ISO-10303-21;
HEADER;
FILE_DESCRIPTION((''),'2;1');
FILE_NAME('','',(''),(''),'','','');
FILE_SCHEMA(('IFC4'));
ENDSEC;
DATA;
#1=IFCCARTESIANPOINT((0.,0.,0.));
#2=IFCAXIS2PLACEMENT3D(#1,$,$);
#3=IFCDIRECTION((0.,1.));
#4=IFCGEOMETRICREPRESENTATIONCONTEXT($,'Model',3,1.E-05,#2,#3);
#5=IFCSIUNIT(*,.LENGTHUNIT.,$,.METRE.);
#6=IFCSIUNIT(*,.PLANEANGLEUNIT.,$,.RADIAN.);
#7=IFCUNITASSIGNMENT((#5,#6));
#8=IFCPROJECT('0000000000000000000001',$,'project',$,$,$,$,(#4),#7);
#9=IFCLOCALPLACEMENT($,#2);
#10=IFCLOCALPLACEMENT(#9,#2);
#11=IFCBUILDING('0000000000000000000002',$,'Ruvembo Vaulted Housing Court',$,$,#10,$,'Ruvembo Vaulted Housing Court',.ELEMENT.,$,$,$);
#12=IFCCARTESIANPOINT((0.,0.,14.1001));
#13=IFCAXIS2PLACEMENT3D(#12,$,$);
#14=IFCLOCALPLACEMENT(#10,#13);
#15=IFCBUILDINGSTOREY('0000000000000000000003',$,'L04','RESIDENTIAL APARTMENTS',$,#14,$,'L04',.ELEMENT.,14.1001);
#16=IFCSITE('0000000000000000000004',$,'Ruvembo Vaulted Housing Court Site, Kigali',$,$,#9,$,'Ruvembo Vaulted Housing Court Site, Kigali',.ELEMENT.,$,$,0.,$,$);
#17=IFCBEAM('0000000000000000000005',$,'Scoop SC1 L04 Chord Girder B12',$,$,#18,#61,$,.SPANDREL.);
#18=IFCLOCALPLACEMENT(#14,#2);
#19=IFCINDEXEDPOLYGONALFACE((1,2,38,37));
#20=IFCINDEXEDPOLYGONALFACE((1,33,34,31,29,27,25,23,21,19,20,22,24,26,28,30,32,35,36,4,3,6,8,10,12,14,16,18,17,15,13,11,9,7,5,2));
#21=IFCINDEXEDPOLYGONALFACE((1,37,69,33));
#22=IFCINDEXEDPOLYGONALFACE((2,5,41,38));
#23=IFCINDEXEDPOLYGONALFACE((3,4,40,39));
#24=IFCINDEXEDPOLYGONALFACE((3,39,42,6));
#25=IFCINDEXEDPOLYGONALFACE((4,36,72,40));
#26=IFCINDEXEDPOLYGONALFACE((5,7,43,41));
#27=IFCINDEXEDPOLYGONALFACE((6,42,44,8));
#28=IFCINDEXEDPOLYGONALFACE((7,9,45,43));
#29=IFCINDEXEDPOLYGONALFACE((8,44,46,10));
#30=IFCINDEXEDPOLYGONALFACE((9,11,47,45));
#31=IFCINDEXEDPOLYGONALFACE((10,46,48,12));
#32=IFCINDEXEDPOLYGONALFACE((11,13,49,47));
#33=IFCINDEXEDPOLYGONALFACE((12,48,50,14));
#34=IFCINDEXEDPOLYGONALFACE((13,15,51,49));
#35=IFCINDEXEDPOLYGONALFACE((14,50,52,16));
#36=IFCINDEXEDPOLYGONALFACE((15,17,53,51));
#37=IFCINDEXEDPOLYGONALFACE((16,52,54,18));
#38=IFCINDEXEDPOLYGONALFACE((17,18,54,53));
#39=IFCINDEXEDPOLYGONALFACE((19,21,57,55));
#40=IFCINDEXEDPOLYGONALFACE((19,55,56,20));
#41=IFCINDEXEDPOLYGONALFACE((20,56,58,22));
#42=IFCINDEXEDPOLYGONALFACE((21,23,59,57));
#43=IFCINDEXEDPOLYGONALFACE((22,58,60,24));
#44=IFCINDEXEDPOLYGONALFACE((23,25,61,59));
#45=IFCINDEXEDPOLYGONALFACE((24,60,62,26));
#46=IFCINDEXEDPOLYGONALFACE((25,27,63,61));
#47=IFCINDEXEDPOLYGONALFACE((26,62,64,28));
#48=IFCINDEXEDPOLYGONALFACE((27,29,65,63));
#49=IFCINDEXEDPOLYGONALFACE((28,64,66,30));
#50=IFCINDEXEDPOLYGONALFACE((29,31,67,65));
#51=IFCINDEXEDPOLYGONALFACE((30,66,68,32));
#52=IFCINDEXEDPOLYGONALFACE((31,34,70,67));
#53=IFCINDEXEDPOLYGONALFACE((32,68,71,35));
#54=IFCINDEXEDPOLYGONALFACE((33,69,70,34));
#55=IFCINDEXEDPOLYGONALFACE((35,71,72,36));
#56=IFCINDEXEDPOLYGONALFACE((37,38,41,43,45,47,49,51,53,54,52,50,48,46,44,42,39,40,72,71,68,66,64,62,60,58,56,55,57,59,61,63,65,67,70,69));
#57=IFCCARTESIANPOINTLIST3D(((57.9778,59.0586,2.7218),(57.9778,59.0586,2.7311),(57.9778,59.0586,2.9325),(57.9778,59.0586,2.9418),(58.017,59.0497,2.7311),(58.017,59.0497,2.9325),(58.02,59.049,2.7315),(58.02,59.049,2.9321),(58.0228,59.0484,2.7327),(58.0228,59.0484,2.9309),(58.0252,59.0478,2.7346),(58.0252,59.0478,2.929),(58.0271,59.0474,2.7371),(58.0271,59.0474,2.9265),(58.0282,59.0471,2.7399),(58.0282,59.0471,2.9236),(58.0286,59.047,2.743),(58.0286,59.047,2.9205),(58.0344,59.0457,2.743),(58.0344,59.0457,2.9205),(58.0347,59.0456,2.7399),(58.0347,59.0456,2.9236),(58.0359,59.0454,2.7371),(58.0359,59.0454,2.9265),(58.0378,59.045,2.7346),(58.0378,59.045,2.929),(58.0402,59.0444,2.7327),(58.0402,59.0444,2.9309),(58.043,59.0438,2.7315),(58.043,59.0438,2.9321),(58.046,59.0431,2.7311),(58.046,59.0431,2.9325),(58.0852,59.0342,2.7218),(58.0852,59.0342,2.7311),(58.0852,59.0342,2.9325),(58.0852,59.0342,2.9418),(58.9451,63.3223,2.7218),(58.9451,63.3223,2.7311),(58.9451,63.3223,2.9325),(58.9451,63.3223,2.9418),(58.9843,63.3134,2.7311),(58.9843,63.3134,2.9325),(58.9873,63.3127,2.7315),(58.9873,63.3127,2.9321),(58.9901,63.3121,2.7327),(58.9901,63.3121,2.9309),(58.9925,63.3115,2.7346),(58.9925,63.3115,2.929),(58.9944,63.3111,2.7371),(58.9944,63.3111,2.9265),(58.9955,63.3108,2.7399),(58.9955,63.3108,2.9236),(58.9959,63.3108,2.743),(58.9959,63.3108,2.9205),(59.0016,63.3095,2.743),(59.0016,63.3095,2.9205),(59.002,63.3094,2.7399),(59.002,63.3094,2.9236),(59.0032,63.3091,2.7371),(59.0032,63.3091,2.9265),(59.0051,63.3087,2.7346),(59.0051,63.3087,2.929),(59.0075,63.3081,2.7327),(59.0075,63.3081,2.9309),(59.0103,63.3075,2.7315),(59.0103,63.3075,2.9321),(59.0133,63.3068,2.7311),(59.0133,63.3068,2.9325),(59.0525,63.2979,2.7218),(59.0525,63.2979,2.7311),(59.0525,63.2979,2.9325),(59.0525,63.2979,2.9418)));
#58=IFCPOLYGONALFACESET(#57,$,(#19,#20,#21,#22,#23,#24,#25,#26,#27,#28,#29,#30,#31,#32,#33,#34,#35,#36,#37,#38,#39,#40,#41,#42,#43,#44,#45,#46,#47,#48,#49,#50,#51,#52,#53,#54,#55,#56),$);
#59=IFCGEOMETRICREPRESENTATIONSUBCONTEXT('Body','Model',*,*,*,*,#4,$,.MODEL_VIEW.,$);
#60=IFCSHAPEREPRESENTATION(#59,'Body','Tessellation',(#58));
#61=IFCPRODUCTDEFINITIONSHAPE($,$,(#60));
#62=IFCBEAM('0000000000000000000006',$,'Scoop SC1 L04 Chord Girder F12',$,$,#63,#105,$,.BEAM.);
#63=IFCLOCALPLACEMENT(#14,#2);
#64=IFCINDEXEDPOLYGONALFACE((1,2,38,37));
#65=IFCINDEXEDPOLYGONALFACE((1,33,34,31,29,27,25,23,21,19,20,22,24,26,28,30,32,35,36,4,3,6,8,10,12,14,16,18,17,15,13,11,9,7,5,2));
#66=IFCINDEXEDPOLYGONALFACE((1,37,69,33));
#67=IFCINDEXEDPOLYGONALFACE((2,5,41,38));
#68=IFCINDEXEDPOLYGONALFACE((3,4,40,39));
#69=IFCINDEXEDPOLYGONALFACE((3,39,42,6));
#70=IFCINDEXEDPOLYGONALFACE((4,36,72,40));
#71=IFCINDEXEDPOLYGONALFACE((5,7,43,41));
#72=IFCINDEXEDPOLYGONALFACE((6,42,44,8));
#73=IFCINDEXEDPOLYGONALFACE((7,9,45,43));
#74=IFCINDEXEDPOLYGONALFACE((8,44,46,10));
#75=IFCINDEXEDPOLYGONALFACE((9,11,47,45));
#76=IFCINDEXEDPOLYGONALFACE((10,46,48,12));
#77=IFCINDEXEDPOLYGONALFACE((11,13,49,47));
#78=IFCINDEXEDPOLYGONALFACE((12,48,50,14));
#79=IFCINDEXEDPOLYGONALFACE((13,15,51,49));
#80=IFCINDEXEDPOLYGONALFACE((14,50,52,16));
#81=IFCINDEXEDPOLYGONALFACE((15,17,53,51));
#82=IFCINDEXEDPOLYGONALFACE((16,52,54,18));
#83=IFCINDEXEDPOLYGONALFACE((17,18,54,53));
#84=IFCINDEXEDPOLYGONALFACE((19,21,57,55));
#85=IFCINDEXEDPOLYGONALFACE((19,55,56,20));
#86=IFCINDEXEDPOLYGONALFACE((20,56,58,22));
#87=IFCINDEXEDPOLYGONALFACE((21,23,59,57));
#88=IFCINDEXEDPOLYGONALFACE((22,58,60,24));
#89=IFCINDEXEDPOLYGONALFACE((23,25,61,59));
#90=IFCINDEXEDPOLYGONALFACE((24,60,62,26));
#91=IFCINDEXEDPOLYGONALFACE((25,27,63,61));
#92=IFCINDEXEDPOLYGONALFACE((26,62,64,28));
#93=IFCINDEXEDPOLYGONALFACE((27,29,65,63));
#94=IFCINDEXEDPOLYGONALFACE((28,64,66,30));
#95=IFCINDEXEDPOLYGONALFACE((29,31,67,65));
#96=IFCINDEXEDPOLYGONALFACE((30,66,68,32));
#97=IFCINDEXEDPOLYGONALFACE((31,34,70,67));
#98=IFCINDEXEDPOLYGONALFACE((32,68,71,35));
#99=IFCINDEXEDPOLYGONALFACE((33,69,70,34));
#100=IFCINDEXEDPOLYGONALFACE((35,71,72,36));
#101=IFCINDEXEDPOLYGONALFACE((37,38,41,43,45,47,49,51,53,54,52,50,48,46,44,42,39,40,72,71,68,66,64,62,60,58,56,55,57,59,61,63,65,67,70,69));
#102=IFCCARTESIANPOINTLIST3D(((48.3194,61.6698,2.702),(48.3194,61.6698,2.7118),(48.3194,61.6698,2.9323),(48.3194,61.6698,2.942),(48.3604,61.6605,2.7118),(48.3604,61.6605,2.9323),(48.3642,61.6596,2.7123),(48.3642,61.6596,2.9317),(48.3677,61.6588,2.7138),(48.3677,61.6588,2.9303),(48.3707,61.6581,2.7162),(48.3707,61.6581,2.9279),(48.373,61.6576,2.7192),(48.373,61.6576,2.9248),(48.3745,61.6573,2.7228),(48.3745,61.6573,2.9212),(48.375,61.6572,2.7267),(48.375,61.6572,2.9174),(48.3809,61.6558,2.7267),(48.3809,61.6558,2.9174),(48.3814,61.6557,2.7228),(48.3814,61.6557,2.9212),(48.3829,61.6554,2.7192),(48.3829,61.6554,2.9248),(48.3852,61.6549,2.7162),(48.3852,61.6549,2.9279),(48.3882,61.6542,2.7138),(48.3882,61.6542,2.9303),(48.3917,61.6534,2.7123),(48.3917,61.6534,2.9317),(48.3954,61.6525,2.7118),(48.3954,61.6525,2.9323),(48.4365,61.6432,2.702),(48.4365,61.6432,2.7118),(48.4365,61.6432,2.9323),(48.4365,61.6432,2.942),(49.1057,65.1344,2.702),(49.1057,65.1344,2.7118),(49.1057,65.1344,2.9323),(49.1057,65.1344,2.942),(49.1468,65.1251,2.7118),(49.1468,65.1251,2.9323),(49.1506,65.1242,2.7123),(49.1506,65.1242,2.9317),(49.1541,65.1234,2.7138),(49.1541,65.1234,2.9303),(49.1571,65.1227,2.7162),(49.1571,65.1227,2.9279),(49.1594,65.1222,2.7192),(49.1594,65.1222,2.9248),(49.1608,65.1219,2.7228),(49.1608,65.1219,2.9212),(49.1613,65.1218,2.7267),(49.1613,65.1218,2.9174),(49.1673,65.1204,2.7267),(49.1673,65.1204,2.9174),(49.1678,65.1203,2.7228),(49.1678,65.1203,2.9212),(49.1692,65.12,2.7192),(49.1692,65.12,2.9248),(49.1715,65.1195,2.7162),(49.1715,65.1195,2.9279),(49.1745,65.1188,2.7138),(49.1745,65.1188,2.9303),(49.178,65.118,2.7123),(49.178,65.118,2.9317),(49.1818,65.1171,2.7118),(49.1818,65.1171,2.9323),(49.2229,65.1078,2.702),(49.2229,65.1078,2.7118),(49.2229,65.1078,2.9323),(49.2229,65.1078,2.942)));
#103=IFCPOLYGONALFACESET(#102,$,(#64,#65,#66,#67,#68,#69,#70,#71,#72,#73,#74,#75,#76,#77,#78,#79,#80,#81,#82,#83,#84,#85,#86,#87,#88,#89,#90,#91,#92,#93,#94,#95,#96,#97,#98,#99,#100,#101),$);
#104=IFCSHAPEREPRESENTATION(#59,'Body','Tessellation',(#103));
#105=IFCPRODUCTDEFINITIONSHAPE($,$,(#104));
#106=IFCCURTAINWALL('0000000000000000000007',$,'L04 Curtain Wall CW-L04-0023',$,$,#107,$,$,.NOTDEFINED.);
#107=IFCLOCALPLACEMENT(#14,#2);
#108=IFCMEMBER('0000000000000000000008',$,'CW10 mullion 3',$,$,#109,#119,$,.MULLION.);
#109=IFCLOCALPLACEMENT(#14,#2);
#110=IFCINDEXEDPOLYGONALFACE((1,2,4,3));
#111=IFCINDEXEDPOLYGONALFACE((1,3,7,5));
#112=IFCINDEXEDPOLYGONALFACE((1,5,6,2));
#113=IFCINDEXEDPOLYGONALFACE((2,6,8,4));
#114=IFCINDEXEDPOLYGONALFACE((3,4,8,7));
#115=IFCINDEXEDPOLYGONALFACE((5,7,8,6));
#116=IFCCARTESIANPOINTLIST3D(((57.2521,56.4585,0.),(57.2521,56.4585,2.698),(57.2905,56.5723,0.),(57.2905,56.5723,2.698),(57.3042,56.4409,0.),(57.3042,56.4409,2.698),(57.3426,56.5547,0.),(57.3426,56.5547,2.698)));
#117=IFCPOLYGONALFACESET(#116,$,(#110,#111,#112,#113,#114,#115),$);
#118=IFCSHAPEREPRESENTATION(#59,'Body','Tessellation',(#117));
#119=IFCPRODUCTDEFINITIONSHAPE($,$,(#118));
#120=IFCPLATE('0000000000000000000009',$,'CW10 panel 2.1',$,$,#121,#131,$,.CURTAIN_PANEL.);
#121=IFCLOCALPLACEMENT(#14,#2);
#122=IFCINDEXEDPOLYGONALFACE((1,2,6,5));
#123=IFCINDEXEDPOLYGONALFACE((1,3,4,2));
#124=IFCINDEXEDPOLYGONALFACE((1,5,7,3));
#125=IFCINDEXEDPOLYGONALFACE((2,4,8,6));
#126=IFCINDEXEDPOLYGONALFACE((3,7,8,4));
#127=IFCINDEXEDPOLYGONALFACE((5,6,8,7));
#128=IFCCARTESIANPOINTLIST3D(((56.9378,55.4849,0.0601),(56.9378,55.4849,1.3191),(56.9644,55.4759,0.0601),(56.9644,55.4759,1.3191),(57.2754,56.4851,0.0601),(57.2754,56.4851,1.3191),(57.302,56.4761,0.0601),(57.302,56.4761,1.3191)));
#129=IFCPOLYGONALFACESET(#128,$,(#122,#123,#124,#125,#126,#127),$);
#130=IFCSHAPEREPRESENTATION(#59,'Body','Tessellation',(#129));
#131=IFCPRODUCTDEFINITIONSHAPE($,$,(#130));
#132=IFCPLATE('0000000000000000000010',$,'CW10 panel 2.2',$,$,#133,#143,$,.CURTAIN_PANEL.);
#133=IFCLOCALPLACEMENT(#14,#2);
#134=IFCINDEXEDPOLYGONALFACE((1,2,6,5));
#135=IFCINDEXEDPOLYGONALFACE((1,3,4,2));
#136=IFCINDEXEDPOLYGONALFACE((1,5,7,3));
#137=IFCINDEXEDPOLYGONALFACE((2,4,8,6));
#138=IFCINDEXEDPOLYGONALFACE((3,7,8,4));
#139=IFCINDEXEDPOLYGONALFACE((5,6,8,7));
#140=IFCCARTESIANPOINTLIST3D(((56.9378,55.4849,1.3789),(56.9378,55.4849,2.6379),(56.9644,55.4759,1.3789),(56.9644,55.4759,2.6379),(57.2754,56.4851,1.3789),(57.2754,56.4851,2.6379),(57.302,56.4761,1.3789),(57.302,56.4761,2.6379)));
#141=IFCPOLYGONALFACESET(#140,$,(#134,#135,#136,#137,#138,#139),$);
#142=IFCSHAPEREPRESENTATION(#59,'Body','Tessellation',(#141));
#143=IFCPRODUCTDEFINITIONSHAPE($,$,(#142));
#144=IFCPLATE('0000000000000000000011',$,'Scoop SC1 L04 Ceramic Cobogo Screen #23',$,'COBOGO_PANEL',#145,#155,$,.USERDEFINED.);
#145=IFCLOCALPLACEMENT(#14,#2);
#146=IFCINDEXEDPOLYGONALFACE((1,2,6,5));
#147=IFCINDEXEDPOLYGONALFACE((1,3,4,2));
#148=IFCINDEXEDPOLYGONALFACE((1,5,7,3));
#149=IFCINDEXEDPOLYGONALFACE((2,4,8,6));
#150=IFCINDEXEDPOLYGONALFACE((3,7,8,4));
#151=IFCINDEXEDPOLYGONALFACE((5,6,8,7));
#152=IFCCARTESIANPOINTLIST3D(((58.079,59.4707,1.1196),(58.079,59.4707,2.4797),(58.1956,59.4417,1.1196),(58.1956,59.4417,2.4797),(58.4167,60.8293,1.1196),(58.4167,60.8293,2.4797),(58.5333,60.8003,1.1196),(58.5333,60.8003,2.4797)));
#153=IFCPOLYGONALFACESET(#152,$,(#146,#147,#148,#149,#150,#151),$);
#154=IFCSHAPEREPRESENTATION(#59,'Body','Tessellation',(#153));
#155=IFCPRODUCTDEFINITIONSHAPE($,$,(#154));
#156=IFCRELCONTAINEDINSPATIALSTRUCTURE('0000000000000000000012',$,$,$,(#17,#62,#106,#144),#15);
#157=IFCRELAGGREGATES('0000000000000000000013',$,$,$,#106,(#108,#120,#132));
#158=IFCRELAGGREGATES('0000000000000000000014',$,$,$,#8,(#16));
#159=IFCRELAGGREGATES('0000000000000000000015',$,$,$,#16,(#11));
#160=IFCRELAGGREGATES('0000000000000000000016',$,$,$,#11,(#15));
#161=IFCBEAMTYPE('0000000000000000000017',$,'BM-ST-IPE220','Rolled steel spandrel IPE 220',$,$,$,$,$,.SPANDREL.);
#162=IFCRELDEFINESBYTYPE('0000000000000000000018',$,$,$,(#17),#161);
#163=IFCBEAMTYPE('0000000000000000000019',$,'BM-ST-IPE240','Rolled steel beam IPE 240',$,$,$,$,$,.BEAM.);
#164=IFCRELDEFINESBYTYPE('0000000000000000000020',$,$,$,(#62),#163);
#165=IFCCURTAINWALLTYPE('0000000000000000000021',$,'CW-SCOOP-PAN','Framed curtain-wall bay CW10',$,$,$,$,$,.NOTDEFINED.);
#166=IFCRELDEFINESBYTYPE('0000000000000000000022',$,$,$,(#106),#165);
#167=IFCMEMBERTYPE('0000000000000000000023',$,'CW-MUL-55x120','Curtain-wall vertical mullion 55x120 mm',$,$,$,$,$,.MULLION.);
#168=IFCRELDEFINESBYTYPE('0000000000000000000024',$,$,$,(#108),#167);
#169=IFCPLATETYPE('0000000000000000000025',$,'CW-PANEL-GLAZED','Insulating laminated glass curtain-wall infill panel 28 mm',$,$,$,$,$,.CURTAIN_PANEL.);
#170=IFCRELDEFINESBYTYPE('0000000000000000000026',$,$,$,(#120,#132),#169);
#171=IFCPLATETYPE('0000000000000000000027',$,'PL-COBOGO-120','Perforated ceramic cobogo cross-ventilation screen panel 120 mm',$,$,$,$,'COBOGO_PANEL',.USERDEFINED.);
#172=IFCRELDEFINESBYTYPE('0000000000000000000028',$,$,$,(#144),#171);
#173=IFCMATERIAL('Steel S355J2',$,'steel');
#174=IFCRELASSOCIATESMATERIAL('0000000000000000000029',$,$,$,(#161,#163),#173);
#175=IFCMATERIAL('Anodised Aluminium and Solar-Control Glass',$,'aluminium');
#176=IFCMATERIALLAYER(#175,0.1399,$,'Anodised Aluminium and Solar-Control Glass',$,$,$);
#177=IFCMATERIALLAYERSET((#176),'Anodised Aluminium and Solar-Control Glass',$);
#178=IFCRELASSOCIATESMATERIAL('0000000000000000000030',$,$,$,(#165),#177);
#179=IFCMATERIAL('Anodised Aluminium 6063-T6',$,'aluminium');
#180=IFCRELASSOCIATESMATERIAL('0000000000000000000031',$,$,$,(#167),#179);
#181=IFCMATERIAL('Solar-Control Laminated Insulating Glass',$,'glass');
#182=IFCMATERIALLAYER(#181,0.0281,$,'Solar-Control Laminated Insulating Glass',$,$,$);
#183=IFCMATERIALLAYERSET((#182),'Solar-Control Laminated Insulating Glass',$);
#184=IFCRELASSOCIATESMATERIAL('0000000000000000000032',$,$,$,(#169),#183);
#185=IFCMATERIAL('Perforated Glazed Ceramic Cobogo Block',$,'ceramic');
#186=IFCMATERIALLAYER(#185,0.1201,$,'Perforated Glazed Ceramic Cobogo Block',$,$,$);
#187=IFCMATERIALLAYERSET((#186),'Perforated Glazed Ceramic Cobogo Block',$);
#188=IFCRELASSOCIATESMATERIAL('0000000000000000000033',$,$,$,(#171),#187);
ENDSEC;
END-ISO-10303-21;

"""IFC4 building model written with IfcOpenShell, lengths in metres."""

from ifc_helpers import new_model, si_unit, direction, frame, origin, origin_2d, place, context, subcontext, project, spatial, rectangle, i_section, extrude, material, layer, layer_set, material_profile, profile_set, type_object, element, aggregate, save


model = new_model("IFC4")

# Units and contexts
model_context = context("Model", 3, precision=1e-05, world=origin(), true_north=direction((0.0, 1.0)))
body_context = subcontext(model_context, "Body", "Model", "MODEL_VIEW")
ifc_project = project(units=[si_unit("LENGTHUNIT", "METRE"), si_unit("PLANEANGLEUNIT", "RADIAN")], contexts=[model_context])

# Site, building, storey
site_placement = place(None, origin())
site = spatial("IfcSite", under=ifc_project, at=site_placement, Name="Ruvembo Vaulted Housing Court Site, Kigali", LongName="Ruvembo Vaulted Housing Court Site, Kigali", CompositionType="ELEMENT", RefElevation=0.0)
building_placement = place(site_placement, origin())
building = spatial("IfcBuilding", under=site, at=building_placement, Name="Ruvembo Vaulted Housing Court", LongName="Ruvembo Vaulted Housing Court", CompositionType="ELEMENT")
storey_placement = place(building_placement, frame((0.0, 0.0, 14.1001)))
storey = spatial("IfcBuildingStorey", under=building, at=storey_placement, Name="L04", Description="RESIDENTIAL APARTMENTS", LongName="L04", CompositionType="ELEMENT", Elevation=14.1001)

# Beams
ifc_material_1 = material(Name="Steel S355J2", Category="steel")
ifc_material_profile_1 = material_profile(ifc_material_1, i_section(OverallWidth=0.1101, OverallDepth=0.22, WebThickness=0.0059, FlangeThickness=0.0093, FilletRadius=0.012, at=origin_2d()), Name="IPE 220")
ifc_profile_set_1 = profile_set([ifc_material_profile_1], Name="Steel S355J2")
beam_type_1 = type_object("IfcBeamType", Name="BM-ST-IPE220", Description="Rolled steel spandrel IPE 220", PredefinedType="SPANDREL", material=ifc_profile_set_1)
beam_1_placement = place(storey_placement, frame((58.0315, 59.0464, 2.8318), z_axis=(0.221245, 0.975218, 0.0), x_axis=(-0.975218, 0.221245, 0.0)))
element("IfcBeam", 1, at=beam_1_placement, inside=storey, type_object=beam_type_1, Name="Scoop SC1 L04 Chord Girder B12", PredefinedType="SPANDREL", context=body_context, shape_type="SweptSolid", body=[
    extrude(i_section(OverallWidth=0.1101, OverallDepth=0.22, WebThickness=0.0059, FlangeThickness=0.0093, FilletRadius=0.012, at=origin_2d()), origin(), (0.0, 0.0, 1.0), 4.3721),
])
ifc_material_profile_2 = material_profile(ifc_material_1, i_section(OverallWidth=0.1201, OverallDepth=0.24, WebThickness=0.0061, FlangeThickness=0.0098, FilletRadius=0.0149, at=origin_2d()), Name="IPE 240")
ifc_profile_set_2 = profile_set([ifc_material_profile_2], Name="Steel S355J2")
beam_type_2 = type_object("IfcBeamType", Name="BM-ST-IPE240", Description="Rolled steel beam IPE 240", PredefinedType="BEAM", material=ifc_profile_set_2)
beam_2_placement = place(storey_placement, frame((48.3779, 61.6565, 2.822), z_axis=(0.221345, 0.975196, 0.0), x_axis=(-0.975196, 0.221345, 0.0)))
element("IfcBeam", 2, at=beam_2_placement, inside=storey, type_object=beam_type_2, Name="Scoop SC1 L04 Chord Girder F12", PredefinedType="BEAM", context=body_context, shape_type="SweptSolid", body=[
    extrude(i_section(OverallWidth=0.1201, OverallDepth=0.24, WebThickness=0.0061, FlangeThickness=0.0098, FilletRadius=0.0149, at=origin_2d()), origin(), (0.0, 0.0, 1.0), 3.5527),
])

# Curtain wall, member, plates
ifc_material_2 = material(Name="Anodised Aluminium and Solar-Control Glass", Category="aluminium")
ifc_layer_1 = layer(ifc_material_2, 0.1399, Name="Anodised Aluminium and Solar-Control Glass")
ifc_layer_set_1 = layer_set([ifc_layer_1], Name="Anodised Aluminium and Solar-Control Glass")
curtain_wall_type = type_object("IfcCurtainWallType", Name="CW-SCOOP-PAN", Description="Framed curtain-wall bay CW10", PredefinedType="NOTDEFINED", material=ifc_layer_set_1)
curtain_wall_placement = place(storey_placement, origin())
curtain_wall = element("IfcCurtainWall", 3, at=curtain_wall_placement, inside=storey, type_object=curtain_wall_type, Name="L04 Curtain Wall CW-L04-0023", PredefinedType="NOTDEFINED")
ifc_material_3 = material(Name="Anodised Aluminium 6063-T6", Category="aluminium")
ifc_material_profile_3 = material_profile(ifc_material_3, rectangle(XDim=0.0549, YDim=0.1201, at=origin_2d()), Name="ALU 55x120")
ifc_profile_set_3 = profile_set([ifc_material_profile_3], Name="Anodised Aluminium 6063-T6")
member_type = type_object("IfcMemberType", Name="CW-MUL-55x120", Description="Curtain-wall vertical mullion 55x120 mm", PredefinedType="MULLION", material=ifc_profile_set_3)
member_placement = place(storey_placement, frame((57.2974, 56.5066, 0.0), z_axis=(0.0, 0.0, 1.0), x_axis=(-0.947473, 0.319836, 0.0)))
member = element("IfcMember", 4, at=member_placement, type_object=member_type, Name="CW10 mullion 3", PredefinedType="MULLION", context=body_context, shape_type="SweptSolid", body=[
    extrude(rectangle(XDim=0.0549, YDim=0.1201, at=origin_2d()), origin(), (0.0, 0.0, 1.0), 2.698),
])
ifc_material_4 = material(Name="Solar-Control Laminated Insulating Glass", Category="glass")
ifc_layer_2 = layer(ifc_material_4, 0.0281, Name="Solar-Control Laminated Insulating Glass")
ifc_layer_set_2 = layer_set([ifc_layer_2], Name="Solar-Control Laminated Insulating Glass")
plate_type_1 = type_object("IfcPlateType", Name="CW-PANEL-GLAZED", Description="Insulating laminated glass curtain-wall infill panel 28 mm", PredefinedType="CURTAIN_PANEL", material=ifc_layer_set_2)
plate_1_placement = place(storey_placement, frame((57.1199, 55.9805, 0.0601), z_axis=(0.0, 0.0, 1.0), x_axis=(0.319836, 0.947473, 0.0)))
plate_1 = element("IfcPlate", 5, at=plate_1_placement, type_object=plate_type_1, Name="CW10 panel 2.1", PredefinedType="CURTAIN_PANEL", context=body_context, shape_type="SweptSolid", body=[
    extrude(rectangle(XDim=1.0557, YDim=0.0281, at=origin_2d()), origin(), (0.0, 0.0, 1.0), 1.259),
])
plate_2_placement = place(storey_placement, frame((57.1199, 55.9805, 1.3789), z_axis=(0.0, 0.0, 1.0), x_axis=(0.319836, 0.947473, 0.0)))
plate_2 = element("IfcPlate", 6, at=plate_2_placement, type_object=plate_type_1, Name="CW10 panel 2.2", PredefinedType="CURTAIN_PANEL", context=body_context, shape_type="SweptSolid", body=[
    extrude(rectangle(XDim=1.0557, YDim=0.0281, at=origin_2d()), origin(), (0.0, 0.0, 1.0), 1.259),
])
aggregate(curtain_wall, [member, plate_1, plate_2])

# Plate
ifc_material_5 = material(Name="Perforated Glazed Ceramic Cobogo Block", Category="ceramic")
ifc_layer_3 = layer(ifc_material_5, 0.1201, Name="Perforated Glazed Ceramic Cobogo Block")
ifc_layer_set_3 = layer_set([ifc_layer_3], Name="Perforated Glazed Ceramic Cobogo Block")
plate_type_2 = type_object("IfcPlateType", Name="PL-COBOGO-120", Description="Perforated ceramic cobogo cross-ventilation screen panel 120 mm", ElementType="COBOGO_PANEL", PredefinedType="USERDEFINED", material=ifc_layer_set_3)
plate_3_placement = place(storey_placement, frame((58.3062, 60.1355, 1.1196), z_axis=(0.0, 0.0, 1.0), x_axis=(0.241194, 0.970477, 0.0)))
element("IfcPlate", 7, at=plate_3_placement, inside=storey, type_object=plate_type_2, Name="Scoop SC1 L04 Ceramic Cobogo Screen #23", ObjectType="COBOGO_PANEL", PredefinedType="USERDEFINED", context=body_context, shape_type="SweptSolid", body=[
    extrude(rectangle(XDim=1.3999, YDim=0.1201, at=origin_2d()), origin(), (0.0, 0.0, 1.0), 1.3601),
])

save(model, "model.ifc")
